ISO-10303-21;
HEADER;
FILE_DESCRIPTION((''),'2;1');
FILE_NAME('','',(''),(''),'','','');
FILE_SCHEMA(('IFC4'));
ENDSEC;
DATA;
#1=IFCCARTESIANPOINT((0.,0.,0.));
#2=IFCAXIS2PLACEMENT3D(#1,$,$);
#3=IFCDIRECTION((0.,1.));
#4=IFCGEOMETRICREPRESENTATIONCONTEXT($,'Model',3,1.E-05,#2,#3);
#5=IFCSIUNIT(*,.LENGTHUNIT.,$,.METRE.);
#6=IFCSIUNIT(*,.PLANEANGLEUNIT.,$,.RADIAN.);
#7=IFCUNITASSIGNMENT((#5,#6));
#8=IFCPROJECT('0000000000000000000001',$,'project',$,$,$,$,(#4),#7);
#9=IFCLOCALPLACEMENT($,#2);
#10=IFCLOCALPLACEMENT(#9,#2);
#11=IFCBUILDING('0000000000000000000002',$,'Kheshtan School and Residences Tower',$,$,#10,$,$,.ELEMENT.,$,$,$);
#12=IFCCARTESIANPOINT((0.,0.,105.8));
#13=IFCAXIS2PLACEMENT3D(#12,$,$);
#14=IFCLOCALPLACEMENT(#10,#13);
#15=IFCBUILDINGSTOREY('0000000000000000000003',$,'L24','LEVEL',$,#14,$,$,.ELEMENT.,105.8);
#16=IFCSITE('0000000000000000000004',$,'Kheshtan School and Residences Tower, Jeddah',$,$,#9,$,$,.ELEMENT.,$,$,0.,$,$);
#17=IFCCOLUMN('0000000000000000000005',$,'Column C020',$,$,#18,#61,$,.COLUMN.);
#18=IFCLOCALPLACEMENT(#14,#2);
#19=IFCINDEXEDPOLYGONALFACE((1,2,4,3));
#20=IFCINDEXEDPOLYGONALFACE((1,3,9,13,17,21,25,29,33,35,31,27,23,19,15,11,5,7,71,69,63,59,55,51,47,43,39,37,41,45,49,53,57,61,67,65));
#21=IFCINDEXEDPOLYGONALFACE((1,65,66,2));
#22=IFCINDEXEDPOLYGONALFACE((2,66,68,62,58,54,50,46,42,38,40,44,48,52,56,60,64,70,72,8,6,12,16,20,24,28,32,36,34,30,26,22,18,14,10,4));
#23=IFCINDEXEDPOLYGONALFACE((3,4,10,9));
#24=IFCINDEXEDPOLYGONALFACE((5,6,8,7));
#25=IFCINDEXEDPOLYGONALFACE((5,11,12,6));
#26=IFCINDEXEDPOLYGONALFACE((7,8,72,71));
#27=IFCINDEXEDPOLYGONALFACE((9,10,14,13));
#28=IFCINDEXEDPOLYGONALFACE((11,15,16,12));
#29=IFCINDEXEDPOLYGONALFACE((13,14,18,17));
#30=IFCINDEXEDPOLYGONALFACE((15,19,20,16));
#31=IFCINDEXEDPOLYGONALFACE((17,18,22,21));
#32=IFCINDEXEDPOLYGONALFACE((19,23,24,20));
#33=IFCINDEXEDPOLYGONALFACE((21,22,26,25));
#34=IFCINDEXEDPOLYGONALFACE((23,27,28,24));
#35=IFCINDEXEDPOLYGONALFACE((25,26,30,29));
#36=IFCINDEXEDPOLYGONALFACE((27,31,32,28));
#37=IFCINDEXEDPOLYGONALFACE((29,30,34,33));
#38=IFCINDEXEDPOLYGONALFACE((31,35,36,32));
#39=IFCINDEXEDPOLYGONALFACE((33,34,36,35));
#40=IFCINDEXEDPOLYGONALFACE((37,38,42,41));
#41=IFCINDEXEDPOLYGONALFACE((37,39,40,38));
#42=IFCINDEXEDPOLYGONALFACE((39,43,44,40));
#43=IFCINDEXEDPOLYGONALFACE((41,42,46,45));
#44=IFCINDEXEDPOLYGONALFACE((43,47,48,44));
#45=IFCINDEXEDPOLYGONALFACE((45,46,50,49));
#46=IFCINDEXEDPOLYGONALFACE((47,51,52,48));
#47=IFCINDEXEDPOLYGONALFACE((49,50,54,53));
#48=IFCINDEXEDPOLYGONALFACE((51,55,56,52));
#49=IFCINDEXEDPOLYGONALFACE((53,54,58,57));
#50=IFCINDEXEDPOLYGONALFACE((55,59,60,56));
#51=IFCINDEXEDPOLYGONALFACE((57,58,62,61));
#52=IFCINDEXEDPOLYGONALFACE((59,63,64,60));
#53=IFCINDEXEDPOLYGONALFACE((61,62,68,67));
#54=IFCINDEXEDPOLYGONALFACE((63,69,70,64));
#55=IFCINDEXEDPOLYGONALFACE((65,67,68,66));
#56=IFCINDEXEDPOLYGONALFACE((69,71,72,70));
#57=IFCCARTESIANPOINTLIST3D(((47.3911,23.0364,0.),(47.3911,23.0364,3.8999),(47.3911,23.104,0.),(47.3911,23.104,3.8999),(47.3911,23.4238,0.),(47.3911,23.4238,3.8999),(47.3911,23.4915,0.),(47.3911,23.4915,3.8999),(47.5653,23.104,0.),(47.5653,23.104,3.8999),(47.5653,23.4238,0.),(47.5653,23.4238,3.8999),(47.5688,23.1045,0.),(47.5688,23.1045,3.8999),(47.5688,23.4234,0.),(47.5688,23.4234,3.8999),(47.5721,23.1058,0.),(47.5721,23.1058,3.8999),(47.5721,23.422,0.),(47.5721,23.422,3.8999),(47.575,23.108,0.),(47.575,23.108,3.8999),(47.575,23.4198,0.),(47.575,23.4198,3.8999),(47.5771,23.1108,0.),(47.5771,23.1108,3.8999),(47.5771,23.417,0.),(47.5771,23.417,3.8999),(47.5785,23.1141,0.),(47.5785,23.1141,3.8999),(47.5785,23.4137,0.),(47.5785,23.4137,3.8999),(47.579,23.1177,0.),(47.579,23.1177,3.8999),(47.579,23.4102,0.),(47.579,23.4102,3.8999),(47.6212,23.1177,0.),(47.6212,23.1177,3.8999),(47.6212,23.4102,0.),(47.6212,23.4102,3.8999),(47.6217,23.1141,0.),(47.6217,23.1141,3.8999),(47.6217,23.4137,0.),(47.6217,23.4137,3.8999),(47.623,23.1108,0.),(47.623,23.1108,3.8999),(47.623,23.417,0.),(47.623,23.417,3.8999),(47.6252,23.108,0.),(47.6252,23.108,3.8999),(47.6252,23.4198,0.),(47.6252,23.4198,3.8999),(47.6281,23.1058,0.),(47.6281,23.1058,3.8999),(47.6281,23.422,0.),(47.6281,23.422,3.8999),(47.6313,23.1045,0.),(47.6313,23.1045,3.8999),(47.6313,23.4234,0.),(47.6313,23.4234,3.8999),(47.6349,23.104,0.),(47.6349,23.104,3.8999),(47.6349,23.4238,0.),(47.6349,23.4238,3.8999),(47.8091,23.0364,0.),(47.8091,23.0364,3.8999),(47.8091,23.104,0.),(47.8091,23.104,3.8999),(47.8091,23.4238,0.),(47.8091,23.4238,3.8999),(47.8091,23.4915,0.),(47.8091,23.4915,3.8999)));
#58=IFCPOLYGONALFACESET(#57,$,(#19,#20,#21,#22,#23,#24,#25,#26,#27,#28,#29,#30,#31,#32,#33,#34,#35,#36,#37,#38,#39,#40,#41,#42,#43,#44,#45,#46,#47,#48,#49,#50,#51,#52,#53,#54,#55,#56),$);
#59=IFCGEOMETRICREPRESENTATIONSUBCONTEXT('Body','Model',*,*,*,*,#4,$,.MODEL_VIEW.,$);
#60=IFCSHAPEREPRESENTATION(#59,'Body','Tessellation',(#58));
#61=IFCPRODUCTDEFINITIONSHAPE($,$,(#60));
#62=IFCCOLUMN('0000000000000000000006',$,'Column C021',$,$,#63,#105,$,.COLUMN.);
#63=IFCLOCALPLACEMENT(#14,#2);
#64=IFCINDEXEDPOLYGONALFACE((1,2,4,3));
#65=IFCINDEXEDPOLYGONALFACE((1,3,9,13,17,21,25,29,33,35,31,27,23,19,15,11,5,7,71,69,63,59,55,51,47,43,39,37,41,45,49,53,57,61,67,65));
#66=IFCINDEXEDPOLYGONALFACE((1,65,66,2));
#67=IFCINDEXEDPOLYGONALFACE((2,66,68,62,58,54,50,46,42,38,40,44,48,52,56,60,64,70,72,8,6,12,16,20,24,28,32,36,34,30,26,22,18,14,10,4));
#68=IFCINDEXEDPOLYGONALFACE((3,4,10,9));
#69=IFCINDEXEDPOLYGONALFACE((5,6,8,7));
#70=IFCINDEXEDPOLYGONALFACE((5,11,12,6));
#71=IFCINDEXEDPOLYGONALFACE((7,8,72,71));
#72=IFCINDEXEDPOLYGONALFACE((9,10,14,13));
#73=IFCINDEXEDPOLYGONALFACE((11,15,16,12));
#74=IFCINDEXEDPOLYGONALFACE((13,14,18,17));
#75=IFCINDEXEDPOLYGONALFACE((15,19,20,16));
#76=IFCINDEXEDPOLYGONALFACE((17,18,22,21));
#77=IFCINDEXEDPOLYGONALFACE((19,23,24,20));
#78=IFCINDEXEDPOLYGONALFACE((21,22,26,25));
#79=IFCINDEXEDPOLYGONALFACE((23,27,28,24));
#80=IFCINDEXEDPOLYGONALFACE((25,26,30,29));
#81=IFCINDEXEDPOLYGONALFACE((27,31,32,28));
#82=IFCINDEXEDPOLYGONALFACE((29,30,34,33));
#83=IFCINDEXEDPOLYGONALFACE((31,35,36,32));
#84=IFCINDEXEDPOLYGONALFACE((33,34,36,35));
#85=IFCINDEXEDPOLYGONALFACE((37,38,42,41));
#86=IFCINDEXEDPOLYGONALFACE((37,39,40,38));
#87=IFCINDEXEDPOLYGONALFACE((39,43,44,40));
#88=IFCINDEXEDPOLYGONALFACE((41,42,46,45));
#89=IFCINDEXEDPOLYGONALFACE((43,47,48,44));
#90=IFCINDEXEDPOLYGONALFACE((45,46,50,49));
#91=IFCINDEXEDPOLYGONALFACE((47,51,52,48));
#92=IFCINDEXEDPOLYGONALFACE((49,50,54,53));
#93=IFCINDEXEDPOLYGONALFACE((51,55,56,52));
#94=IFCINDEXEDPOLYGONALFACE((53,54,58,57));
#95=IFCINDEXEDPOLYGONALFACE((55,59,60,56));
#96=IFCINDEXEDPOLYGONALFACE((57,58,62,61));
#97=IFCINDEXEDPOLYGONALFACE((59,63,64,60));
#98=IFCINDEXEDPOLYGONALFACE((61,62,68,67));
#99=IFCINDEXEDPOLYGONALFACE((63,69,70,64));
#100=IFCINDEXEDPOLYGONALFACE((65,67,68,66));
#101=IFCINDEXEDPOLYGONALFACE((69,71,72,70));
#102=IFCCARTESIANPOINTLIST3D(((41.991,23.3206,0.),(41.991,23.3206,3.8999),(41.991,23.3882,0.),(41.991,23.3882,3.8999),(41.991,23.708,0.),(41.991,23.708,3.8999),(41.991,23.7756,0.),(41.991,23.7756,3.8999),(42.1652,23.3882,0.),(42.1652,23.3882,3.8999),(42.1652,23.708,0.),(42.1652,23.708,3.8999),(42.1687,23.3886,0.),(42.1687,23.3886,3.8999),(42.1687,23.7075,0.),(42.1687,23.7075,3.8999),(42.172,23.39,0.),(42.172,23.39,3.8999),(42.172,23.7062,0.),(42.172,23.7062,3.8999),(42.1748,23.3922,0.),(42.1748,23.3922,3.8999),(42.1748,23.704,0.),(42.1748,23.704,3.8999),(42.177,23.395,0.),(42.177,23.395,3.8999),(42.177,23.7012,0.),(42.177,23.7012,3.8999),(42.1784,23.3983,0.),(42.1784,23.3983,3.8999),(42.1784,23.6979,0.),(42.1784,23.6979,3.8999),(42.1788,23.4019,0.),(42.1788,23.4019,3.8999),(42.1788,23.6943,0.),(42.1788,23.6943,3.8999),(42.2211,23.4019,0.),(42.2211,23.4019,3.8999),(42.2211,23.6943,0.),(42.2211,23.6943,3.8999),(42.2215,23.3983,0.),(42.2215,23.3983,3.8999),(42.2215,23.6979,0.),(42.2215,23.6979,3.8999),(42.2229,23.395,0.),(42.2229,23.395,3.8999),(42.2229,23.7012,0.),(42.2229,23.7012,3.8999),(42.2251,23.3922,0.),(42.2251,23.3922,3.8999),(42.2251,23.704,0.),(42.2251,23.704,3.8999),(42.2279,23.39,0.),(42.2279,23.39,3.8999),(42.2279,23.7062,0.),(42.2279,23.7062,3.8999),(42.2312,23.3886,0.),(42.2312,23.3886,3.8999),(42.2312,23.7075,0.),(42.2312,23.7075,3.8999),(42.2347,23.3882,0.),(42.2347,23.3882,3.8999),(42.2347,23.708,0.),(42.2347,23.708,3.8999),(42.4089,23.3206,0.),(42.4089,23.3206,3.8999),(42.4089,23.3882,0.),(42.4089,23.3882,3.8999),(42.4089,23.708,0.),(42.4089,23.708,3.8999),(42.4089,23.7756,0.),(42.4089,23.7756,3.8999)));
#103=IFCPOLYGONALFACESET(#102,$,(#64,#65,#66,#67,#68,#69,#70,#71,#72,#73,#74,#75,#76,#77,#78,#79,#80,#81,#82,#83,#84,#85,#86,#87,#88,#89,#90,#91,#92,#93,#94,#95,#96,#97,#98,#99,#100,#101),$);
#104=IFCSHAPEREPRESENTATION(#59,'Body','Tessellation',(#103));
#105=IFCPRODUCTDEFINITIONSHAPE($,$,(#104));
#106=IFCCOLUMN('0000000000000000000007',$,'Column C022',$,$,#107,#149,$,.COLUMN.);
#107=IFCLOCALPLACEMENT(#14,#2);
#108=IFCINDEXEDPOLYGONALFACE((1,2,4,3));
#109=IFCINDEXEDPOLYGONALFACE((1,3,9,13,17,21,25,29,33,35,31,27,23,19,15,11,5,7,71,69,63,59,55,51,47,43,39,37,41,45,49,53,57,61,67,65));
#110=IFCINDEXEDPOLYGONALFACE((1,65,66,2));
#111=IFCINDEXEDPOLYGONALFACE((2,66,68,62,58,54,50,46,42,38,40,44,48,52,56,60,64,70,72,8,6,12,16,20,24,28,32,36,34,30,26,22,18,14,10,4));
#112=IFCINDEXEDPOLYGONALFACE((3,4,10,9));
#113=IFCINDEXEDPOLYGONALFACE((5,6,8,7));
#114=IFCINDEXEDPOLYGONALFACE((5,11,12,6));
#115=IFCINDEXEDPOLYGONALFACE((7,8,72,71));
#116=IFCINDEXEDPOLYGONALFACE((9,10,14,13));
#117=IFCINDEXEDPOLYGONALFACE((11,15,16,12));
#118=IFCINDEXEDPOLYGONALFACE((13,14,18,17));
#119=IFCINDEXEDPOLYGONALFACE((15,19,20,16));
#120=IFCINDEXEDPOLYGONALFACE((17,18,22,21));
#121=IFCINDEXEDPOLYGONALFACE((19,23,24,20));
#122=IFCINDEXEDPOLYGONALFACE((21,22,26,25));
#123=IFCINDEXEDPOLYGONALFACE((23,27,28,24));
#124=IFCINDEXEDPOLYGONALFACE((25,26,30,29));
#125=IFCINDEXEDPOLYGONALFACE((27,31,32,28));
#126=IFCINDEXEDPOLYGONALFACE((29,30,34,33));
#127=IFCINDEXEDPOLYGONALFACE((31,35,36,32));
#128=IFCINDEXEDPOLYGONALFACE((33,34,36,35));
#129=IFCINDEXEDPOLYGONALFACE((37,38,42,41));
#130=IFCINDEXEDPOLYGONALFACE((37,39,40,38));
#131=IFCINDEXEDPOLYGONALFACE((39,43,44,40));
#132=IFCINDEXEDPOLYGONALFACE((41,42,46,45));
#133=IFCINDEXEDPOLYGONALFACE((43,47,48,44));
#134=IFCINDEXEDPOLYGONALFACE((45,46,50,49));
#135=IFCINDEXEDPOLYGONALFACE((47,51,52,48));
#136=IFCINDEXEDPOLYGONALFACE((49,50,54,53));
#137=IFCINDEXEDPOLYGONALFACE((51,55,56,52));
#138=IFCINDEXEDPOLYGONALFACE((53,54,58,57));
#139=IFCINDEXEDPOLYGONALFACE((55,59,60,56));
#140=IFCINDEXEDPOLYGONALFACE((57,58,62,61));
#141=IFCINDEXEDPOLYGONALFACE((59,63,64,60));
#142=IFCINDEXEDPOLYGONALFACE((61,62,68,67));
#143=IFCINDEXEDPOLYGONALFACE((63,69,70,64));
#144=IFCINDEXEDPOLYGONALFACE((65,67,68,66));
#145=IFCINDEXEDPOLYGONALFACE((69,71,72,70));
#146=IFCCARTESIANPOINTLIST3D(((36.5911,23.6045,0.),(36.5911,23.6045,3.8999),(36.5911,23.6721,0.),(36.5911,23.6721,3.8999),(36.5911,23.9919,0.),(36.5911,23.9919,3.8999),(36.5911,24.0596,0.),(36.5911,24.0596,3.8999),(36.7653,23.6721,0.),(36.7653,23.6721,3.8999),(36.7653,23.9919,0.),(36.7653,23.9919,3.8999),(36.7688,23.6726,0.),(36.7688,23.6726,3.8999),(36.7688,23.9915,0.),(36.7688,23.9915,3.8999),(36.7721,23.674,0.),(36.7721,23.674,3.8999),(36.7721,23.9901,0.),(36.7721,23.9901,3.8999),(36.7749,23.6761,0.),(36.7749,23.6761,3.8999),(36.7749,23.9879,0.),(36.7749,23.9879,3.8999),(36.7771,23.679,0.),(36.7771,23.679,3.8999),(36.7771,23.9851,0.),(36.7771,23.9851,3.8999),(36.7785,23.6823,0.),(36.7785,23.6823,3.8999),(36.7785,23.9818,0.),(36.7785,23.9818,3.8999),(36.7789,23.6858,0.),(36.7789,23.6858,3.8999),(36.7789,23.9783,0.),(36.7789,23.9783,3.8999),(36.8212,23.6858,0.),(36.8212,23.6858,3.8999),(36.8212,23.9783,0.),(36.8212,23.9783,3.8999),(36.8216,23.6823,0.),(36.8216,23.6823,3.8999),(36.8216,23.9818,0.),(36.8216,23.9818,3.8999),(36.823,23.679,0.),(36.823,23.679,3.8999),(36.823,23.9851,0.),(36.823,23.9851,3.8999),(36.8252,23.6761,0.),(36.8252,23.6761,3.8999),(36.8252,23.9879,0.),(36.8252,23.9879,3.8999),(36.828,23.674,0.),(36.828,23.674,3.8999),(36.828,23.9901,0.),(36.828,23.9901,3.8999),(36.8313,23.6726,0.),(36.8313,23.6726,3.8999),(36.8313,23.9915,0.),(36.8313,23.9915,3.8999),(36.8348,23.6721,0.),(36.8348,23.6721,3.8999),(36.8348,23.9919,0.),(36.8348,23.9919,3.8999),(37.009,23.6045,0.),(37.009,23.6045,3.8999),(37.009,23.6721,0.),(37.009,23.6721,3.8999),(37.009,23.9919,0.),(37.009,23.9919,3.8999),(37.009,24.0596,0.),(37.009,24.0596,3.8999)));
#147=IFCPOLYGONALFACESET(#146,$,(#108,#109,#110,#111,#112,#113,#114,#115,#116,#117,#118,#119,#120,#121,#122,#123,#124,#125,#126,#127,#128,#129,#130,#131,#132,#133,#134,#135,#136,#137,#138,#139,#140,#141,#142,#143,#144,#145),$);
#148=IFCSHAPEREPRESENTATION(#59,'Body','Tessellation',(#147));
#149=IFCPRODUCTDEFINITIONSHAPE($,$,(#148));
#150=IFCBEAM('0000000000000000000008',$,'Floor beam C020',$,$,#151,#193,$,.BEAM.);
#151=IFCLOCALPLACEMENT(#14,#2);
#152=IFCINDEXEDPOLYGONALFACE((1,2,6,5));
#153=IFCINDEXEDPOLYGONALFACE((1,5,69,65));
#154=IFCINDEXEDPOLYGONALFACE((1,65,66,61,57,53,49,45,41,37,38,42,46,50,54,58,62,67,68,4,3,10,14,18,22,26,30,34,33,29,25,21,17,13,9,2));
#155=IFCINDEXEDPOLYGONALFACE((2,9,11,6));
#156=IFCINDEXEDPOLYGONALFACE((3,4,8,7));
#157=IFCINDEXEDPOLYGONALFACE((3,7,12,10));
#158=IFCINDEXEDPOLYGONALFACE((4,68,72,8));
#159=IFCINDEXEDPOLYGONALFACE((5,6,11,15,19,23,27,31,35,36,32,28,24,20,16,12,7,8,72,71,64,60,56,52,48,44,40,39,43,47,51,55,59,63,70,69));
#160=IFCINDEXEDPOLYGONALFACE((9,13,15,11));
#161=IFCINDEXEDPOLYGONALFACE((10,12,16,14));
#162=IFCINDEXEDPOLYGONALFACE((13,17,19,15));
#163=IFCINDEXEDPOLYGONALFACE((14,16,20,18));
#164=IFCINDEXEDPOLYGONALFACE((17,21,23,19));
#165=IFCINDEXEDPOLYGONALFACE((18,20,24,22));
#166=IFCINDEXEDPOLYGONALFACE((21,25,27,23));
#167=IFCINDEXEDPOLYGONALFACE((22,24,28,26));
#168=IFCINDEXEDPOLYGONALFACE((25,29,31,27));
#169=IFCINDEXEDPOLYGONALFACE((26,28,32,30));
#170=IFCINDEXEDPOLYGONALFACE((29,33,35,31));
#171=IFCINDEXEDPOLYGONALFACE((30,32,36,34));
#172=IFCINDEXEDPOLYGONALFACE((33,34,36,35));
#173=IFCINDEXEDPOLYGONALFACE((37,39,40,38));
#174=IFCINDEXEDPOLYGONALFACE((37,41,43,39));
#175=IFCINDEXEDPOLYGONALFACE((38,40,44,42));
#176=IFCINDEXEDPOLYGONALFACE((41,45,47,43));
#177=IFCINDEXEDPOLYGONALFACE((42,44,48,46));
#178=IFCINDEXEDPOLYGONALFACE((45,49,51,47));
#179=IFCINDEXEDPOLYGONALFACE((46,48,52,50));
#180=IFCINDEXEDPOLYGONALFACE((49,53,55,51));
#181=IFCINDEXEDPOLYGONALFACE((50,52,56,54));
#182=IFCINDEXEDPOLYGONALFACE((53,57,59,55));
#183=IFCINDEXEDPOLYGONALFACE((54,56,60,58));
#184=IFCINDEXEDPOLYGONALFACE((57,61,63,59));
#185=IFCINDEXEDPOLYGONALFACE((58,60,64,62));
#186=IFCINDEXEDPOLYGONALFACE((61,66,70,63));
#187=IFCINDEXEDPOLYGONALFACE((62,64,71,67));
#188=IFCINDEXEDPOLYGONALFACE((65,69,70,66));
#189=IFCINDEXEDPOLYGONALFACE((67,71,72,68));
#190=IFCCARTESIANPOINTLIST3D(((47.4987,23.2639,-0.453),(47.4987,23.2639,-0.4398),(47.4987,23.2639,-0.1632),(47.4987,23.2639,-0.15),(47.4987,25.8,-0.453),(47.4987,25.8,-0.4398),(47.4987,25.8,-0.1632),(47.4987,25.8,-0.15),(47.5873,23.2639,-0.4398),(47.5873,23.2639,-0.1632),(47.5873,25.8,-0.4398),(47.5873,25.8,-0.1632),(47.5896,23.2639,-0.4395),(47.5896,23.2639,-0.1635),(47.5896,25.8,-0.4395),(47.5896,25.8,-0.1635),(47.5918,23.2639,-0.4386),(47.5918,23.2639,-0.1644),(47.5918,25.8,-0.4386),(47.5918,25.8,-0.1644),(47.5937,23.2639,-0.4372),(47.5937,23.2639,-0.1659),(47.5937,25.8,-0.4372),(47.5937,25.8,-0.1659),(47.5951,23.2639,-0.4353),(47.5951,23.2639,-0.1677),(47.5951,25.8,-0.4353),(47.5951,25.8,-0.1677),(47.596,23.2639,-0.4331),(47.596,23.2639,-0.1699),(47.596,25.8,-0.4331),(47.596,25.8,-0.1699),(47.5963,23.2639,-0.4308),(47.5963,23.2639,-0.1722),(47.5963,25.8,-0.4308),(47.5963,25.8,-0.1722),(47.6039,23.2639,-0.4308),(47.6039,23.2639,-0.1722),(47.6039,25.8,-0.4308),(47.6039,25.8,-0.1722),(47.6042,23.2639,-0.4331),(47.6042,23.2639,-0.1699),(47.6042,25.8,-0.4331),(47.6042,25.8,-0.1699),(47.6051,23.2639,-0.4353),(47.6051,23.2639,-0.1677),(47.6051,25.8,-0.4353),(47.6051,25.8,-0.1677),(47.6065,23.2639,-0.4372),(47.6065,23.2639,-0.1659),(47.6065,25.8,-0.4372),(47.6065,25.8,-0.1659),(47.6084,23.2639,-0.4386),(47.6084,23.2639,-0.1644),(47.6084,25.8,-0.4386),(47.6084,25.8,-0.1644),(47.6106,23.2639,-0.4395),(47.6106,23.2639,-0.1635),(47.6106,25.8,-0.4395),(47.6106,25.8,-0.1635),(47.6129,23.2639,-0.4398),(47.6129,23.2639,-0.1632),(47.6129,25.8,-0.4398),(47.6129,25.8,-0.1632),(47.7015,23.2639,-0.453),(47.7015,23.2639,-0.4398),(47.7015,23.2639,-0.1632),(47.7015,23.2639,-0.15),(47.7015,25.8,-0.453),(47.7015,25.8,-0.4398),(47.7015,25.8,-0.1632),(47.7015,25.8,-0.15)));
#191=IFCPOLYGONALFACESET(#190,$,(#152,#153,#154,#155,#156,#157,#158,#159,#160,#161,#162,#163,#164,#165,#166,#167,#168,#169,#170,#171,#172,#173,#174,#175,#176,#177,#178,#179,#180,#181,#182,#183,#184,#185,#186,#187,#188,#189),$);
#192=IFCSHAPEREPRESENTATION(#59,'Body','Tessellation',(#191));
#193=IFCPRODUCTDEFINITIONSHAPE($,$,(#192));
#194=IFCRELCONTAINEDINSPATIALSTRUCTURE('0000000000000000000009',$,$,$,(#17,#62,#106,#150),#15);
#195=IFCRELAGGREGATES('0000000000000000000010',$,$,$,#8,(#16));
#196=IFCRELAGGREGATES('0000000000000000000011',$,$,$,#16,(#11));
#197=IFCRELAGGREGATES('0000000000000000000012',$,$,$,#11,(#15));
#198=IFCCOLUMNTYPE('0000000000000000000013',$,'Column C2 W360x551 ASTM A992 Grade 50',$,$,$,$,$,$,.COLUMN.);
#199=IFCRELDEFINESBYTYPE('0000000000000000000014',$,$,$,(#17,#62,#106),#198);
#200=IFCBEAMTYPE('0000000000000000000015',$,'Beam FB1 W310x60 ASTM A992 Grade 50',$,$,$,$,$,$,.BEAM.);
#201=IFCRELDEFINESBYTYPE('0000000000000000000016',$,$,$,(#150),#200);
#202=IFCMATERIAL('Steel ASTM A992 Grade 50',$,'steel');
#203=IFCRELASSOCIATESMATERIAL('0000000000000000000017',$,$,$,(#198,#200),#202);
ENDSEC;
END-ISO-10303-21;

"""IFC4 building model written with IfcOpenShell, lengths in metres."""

from ifc_helpers import new_model, si_unit, direction, frame, origin, origin_2d, place, context, subcontext, project, spatial, i_section, extrude, material, material_profile, profile_set, type_object, element, save


model = new_model("IFC4")

# Units and contexts
model_context = context("Model", 3, precision=1e-05, world=origin(), true_north=direction((0.0, 1.0)))
body_context = subcontext(model_context, "Body", "Model", "MODEL_VIEW")
ifc_project = project(units=[si_unit("LENGTHUNIT", "METRE"), si_unit("PLANEANGLEUNIT", "RADIAN")], contexts=[model_context])

# Site, building, storey
site_placement = place(None, origin())
site = spatial("IfcSite", under=ifc_project, at=site_placement, Name="Kheshtan School and Residences Tower, Jeddah", CompositionType="ELEMENT", RefElevation=0.0)
building_placement = place(site_placement, origin())
building = spatial("IfcBuilding", under=site, at=building_placement, Name="Kheshtan School and Residences Tower", CompositionType="ELEMENT")
storey_placement = place(building_placement, frame((0.0, 0.0, 105.8)))
storey = spatial("IfcBuildingStorey", under=building, at=storey_placement, Name="L24", Description="LEVEL", CompositionType="ELEMENT", Elevation=105.8)

# Columns
ifc_material_1 = material(Name="Steel ASTM A992 Grade 50", Category="steel")
ifc_material_profile_1 = material_profile(ifc_material_1, i_section(OverallWidth=0.418, OverallDepth=0.4551, WebThickness=0.0422, FlangeThickness=0.0676, FilletRadius=0.0137, at=origin_2d()), Name="W360x551")
ifc_profile_set_1 = profile_set([ifc_material_profile_1], Name="Steel ASTM A992 Grade 50")
column_type = type_object("IfcColumnType", Name="Column C2 W360x551 ASTM A992 Grade 50", PredefinedType="COLUMN", material=ifc_profile_set_1)
for number, where, z_axis, x_axis, name in (
    (1, (47.6001, 23.2639, 0.0), (0.0, 0.0, 1.0), (1.0, 0.0, 0.0), "Column C020"),
    (2, (42.2, 23.5481, 0.0), (0.0, 0.0, 1.0), (1.0, 0.0, 0.0), "Column C021"),
    (3, (36.8, 23.832, 0.0), (0.0, 0.0, 1.0), (1.0, 0.0, 0.0), "Column C022"),
):
    element("IfcColumn", number, at=place(storey_placement, frame(where, z_axis=z_axis, x_axis=x_axis)), inside=storey, type_object=column_type, Name=name, PredefinedType="COLUMN", context=body_context, shape_type="SweptSolid", body=[
        extrude(i_section(OverallWidth=0.418, OverallDepth=0.4551, WebThickness=0.0422, FlangeThickness=0.0676, FilletRadius=0.0137, at=origin_2d()), origin(), (0.0, 0.0, 1.0), 3.8999),
    ])

# Beam
ifc_material_profile_2 = material_profile(ifc_material_1, i_section(OverallWidth=0.2029, OverallDepth=0.303, WebThickness=0.0076, FlangeThickness=0.0132, FilletRadius=0.009, at=origin_2d()), Name="W310x60")
ifc_profile_set_2 = profile_set([ifc_material_profile_2], Name="Steel ASTM A992 Grade 50")
beam_type_1 = type_object("IfcBeamType", Name="Beam FB1 W310x60 ASTM A992 Grade 50", PredefinedType="BEAM", material=ifc_profile_set_2)
beam_1_placement = place(storey_placement, frame((47.6001, 23.2639, -0.3015), z_axis=(0.0, 1.0, 0.0), x_axis=(-1.0, 0.0, 0.0)))
element("IfcBeam", 4, at=beam_1_placement, inside=storey, type_object=beam_type_1, Name="Floor beam C020", PredefinedType="BEAM", context=body_context, shape_type="SweptSolid", body=[
    extrude(i_section(OverallWidth=0.2029, OverallDepth=0.303, WebThickness=0.0076, FlangeThickness=0.0132, FilletRadius=0.009, at=origin_2d()), origin(), (0.0, 0.0, 1.0), 2.5361),
])

save(model, "model.ifc")
